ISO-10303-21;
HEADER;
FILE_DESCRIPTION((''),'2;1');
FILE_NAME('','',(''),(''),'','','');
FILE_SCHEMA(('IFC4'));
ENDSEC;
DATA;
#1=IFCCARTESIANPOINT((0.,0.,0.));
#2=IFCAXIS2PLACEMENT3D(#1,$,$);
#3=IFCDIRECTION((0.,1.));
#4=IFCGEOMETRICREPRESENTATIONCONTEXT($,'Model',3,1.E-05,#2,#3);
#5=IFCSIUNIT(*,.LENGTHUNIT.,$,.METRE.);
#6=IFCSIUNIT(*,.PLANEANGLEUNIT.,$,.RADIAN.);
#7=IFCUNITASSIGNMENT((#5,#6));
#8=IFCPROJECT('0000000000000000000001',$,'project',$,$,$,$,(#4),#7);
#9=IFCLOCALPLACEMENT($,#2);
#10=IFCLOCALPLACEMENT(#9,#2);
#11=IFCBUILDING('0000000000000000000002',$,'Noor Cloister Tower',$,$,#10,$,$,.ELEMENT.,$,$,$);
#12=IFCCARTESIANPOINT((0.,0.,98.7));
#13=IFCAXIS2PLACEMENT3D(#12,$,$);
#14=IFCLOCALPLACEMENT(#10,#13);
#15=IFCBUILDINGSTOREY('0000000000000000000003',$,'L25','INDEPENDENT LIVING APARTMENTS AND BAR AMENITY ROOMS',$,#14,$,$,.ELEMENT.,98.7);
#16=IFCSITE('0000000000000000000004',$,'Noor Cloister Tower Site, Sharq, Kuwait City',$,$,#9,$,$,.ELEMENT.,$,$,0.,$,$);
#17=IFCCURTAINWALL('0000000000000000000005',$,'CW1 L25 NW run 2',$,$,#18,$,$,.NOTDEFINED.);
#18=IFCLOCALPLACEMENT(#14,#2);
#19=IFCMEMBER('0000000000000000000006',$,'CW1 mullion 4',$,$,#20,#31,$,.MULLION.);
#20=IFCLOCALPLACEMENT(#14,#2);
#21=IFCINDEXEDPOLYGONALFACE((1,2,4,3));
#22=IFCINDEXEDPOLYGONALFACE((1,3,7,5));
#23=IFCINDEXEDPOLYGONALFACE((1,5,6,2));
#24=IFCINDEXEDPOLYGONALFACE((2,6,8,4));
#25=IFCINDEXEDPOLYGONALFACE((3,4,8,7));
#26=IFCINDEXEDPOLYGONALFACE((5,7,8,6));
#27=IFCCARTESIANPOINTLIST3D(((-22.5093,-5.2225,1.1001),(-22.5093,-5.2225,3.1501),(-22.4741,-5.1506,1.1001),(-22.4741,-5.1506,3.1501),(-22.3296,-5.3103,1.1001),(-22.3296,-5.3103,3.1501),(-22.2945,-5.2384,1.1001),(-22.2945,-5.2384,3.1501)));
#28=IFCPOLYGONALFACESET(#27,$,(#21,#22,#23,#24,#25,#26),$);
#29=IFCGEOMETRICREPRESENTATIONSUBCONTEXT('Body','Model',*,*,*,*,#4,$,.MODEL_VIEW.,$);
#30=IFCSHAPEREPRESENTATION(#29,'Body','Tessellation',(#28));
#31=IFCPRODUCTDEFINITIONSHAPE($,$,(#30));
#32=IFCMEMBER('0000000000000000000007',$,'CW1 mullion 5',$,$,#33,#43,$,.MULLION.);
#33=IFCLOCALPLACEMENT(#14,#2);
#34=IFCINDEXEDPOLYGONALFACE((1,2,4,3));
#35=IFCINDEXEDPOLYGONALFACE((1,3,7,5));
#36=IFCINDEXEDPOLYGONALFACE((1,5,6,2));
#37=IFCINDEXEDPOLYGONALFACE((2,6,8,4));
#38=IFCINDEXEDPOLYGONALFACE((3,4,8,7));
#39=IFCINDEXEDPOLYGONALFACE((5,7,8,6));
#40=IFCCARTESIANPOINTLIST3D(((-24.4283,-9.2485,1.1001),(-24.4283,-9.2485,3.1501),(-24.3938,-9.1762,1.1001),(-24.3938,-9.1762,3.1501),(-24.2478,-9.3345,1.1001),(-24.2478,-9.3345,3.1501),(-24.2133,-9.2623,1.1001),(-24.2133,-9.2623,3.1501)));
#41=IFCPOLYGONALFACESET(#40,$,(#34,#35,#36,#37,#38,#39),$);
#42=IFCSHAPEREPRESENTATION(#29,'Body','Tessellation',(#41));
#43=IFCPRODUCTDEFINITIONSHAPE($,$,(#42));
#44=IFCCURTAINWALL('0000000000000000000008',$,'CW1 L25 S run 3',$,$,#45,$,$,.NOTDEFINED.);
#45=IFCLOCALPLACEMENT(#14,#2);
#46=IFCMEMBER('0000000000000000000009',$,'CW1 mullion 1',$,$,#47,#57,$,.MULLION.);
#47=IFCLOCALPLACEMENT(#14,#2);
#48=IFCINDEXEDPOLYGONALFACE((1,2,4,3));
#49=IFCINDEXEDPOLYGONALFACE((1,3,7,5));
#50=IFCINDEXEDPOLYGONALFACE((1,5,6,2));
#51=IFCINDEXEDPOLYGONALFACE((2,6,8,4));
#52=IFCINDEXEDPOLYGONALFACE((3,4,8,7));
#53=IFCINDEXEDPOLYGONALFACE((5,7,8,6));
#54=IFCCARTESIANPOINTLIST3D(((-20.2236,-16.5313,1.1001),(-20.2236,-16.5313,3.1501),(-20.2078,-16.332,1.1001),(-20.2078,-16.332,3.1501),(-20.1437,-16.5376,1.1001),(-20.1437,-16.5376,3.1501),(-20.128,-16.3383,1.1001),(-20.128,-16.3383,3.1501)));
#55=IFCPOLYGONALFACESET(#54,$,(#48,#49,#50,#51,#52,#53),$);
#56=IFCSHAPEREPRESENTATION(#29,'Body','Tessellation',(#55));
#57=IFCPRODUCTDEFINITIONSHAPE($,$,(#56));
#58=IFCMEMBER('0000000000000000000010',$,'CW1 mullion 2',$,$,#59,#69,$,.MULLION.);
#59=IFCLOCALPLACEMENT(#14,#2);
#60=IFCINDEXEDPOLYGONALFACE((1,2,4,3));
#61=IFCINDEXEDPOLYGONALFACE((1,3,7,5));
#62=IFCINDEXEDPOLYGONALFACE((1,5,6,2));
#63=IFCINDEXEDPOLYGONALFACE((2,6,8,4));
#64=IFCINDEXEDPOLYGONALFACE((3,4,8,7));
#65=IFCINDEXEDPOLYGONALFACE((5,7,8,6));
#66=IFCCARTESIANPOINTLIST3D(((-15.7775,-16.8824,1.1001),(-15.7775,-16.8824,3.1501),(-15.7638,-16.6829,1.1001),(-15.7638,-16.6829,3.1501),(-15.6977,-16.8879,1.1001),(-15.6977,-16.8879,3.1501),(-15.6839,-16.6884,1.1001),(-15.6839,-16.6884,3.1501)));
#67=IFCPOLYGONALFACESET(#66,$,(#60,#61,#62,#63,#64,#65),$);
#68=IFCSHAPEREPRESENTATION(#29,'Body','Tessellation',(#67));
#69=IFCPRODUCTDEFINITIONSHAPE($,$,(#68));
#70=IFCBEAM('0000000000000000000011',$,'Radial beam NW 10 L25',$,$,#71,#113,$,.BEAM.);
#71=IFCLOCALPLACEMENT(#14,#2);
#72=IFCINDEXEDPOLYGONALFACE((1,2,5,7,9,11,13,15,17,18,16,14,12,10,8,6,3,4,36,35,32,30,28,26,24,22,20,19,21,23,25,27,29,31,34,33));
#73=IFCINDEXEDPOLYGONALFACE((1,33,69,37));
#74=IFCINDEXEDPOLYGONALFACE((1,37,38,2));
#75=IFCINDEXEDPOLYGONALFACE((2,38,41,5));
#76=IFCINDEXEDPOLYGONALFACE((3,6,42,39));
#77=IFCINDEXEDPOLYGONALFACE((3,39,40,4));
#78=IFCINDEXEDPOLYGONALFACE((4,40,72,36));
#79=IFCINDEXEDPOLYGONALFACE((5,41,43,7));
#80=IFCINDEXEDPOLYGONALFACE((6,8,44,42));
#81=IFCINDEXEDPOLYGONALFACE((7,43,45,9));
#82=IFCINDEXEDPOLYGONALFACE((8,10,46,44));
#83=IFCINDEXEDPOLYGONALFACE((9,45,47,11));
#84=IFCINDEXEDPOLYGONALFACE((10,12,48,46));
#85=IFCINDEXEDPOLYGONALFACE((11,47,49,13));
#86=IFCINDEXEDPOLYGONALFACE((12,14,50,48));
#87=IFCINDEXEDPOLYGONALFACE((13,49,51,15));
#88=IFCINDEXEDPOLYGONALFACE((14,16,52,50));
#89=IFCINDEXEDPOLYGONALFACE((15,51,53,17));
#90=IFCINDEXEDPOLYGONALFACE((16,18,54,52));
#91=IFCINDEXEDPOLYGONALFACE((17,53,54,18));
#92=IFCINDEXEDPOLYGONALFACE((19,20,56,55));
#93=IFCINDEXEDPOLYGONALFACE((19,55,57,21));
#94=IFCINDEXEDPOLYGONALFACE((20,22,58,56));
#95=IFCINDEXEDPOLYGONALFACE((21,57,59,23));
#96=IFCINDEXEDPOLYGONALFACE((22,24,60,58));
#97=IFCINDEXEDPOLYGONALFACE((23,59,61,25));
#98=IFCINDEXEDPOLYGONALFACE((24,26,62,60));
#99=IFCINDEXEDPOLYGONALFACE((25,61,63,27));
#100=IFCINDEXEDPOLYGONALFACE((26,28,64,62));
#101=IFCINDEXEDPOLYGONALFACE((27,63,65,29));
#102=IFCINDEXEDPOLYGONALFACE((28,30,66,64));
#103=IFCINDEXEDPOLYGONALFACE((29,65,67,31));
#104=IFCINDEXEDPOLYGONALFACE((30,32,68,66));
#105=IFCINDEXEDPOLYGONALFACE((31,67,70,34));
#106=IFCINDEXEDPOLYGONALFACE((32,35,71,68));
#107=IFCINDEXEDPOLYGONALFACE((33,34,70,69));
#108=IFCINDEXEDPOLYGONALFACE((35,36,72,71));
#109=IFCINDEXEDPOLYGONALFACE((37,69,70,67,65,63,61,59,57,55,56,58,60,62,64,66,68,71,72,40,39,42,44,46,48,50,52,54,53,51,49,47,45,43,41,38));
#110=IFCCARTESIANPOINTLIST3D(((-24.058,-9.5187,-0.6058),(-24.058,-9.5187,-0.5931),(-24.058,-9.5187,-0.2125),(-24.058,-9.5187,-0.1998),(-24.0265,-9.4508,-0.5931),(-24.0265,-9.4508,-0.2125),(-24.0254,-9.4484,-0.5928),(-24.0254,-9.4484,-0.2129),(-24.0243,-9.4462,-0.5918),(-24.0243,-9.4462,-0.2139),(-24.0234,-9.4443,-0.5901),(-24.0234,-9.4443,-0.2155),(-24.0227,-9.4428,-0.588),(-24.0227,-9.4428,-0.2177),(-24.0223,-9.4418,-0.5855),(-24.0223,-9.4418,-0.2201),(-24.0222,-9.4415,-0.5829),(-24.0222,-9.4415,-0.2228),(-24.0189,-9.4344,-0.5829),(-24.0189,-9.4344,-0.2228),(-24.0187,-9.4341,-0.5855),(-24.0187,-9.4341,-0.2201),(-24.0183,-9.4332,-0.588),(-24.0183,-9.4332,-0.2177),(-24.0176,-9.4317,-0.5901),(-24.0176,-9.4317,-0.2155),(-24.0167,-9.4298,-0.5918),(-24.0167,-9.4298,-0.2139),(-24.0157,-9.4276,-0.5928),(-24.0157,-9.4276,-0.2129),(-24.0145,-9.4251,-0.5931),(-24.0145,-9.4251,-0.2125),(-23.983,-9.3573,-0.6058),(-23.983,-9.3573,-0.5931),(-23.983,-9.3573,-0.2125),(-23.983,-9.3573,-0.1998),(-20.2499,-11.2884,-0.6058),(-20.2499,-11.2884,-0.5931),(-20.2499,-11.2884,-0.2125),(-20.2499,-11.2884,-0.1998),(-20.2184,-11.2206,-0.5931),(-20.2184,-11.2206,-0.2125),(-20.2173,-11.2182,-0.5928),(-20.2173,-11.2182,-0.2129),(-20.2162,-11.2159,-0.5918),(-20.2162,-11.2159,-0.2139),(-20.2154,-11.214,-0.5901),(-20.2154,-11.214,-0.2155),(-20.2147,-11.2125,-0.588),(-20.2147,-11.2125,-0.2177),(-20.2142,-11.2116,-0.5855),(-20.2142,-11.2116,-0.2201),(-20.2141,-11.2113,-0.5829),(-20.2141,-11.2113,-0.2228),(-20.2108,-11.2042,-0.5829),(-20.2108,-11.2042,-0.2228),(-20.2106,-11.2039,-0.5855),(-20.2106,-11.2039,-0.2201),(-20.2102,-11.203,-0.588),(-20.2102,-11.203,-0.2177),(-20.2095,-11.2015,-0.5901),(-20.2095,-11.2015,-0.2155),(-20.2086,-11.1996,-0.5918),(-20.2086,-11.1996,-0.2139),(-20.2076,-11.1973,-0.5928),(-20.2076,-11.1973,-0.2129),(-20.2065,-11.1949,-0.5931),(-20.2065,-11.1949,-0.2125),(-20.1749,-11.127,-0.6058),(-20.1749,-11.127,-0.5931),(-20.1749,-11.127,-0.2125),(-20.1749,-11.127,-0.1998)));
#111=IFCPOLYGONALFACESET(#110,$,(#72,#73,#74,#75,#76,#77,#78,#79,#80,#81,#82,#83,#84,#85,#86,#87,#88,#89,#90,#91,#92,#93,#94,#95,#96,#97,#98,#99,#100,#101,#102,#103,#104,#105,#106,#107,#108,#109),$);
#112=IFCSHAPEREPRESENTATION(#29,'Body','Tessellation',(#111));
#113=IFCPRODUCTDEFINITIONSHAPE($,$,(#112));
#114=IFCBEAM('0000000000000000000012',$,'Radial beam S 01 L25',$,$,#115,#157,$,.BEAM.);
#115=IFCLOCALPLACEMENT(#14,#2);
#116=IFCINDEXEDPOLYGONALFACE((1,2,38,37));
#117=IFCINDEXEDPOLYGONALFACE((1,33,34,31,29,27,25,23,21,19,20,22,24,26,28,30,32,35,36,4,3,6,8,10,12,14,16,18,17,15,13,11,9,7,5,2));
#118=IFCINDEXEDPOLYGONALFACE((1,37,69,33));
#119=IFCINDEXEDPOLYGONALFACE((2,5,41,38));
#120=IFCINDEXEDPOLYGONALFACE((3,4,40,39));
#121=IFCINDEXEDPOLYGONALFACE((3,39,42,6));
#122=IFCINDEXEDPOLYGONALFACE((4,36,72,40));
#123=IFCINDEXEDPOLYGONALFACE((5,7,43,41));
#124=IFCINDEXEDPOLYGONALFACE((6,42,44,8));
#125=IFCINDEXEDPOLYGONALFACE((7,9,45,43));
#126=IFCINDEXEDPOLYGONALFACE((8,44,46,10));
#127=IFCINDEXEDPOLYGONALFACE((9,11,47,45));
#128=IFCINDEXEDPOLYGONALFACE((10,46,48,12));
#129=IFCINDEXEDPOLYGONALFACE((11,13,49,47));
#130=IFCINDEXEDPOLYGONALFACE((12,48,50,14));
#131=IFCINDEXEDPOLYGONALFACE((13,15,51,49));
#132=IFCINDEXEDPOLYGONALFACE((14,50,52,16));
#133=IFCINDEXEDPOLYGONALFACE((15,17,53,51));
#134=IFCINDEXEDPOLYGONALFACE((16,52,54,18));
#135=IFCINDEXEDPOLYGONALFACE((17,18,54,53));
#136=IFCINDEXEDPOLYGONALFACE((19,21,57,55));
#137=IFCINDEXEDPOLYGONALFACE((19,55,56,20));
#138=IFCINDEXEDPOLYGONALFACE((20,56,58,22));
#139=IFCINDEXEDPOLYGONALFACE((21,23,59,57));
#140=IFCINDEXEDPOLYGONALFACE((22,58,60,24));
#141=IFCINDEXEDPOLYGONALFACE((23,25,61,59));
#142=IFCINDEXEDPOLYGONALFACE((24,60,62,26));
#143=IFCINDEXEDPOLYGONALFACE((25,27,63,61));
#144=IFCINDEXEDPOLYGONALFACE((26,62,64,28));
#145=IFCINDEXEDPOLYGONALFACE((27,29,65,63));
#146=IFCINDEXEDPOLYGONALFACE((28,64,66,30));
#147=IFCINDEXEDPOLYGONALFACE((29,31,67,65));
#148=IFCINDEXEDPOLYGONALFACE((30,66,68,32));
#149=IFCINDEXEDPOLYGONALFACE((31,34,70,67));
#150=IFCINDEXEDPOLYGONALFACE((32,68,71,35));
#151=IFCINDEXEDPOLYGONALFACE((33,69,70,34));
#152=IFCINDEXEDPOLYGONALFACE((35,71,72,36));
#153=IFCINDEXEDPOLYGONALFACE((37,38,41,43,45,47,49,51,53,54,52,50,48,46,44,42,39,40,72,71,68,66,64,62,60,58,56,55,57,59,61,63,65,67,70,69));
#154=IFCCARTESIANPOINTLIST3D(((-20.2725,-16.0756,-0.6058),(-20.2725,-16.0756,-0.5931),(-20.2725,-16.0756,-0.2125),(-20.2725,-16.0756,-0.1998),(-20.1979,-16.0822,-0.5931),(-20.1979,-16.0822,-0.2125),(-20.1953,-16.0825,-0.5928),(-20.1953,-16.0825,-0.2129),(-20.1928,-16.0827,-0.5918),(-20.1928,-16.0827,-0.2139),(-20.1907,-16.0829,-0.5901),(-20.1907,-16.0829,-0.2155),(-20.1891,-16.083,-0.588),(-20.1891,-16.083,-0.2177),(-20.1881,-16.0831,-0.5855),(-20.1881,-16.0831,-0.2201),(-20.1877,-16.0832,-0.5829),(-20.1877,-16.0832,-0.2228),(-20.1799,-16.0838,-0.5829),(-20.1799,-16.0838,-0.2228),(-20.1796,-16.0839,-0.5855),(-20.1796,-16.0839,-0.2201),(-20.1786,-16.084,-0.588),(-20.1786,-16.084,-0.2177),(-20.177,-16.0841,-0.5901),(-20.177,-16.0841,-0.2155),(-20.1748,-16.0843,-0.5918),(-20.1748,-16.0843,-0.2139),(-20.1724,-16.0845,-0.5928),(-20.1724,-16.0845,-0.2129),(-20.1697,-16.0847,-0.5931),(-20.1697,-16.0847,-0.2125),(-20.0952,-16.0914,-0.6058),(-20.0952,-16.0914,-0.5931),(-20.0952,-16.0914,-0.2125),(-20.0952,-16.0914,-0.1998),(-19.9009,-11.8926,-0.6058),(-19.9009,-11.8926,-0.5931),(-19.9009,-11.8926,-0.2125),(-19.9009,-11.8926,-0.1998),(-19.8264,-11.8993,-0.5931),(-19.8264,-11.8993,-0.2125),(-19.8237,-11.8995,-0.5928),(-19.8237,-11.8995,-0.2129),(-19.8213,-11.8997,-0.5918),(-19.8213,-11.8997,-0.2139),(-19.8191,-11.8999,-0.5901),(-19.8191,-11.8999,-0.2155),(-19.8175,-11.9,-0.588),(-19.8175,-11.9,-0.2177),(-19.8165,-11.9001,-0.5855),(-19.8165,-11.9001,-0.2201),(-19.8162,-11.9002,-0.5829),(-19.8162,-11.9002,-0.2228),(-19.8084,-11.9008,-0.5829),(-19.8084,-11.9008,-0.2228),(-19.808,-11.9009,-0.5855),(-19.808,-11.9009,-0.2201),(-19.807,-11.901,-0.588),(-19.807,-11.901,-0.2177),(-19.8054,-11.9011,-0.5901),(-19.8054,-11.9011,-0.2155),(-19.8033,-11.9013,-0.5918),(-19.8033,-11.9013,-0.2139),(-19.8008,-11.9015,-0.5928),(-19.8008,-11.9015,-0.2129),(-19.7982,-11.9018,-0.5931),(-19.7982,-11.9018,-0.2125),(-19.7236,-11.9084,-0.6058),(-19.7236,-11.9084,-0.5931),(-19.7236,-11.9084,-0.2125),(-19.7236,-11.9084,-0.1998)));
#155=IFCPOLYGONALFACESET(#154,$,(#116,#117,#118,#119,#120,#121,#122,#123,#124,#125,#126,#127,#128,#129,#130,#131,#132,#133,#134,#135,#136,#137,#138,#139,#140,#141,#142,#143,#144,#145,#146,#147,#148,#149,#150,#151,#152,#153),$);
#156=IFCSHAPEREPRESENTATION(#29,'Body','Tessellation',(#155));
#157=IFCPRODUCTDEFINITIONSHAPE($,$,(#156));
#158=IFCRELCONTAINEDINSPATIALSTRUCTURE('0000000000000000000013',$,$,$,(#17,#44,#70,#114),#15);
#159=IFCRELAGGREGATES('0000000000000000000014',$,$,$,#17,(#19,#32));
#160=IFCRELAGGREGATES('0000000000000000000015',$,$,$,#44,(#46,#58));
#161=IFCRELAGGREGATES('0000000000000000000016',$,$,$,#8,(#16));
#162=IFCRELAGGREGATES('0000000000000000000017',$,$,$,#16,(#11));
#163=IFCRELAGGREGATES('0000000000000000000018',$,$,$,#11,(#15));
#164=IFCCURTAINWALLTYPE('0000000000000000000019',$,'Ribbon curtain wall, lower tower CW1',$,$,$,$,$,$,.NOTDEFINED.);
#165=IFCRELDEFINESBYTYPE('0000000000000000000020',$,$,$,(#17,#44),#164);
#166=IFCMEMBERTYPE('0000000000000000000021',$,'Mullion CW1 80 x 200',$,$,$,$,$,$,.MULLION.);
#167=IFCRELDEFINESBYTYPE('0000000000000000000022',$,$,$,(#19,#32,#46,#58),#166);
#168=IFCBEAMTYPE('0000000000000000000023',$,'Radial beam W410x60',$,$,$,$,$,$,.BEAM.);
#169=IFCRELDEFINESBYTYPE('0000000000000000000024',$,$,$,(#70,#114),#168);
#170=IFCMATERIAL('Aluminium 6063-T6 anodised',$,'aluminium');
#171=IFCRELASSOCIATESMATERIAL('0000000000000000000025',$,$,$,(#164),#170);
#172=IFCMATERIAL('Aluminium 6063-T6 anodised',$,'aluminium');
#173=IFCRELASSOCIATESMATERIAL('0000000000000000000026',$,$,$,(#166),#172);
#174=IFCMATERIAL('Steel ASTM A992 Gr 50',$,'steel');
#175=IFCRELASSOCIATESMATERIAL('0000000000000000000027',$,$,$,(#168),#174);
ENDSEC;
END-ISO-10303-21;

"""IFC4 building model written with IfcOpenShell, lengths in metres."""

from ifc_helpers import new_model, si_unit, direction, frame, origin, origin_2d, place, context, subcontext, project, spatial, rectangle, i_section, extrude, material, material_profile, profile_set, type_object, element, aggregate, save


model = new_model("IFC4")

# Units and contexts
model_context = context("Model", 3, precision=1e-05, world=origin(), true_north=direction((0.0, 1.0)))
body_context = subcontext(model_context, "Body", "Model", "MODEL_VIEW")
ifc_project = project(units=[si_unit("LENGTHUNIT", "METRE"), si_unit("PLANEANGLEUNIT", "RADIAN")], contexts=[model_context])

# Site, building, storey
site_placement = place(None, origin())
site = spatial("IfcSite", under=ifc_project, at=site_placement, Name="Noor Cloister Tower Site, Sharq, Kuwait City", CompositionType="ELEMENT", RefElevation=0.0)
building_placement = place(site_placement, origin())
building = spatial("IfcBuilding", under=site, at=building_placement, Name="Noor Cloister Tower", CompositionType="ELEMENT")
storey_placement = place(building_placement, frame((0.0, 0.0, 98.7)))
storey = spatial("IfcBuildingStorey", under=building, at=storey_placement, Name="L25", Description="INDEPENDENT LIVING APARTMENTS AND BAR AMENITY ROOMS", CompositionType="ELEMENT", Elevation=98.7)

# Curtain walls, members
ifc_material_1 = material(Name="Aluminium 6063-T6 anodised", Category="aluminium")
curtain_wall_type = type_object("IfcCurtainWallType", Name="Ribbon curtain wall, lower tower CW1", PredefinedType="NOTDEFINED", material=ifc_material_1)
curtain_wall_1_placement = place(storey_placement, origin())
curtain_wall_1 = element("IfcCurtainWall", 1, at=curtain_wall_1_placement, inside=storey, type_object=curtain_wall_type, Name="CW1 L25 NW run 2", PredefinedType="NOTDEFINED")
ifc_material_2 = material(Name="Aluminium 6063-T6 anodised", Category="aluminium")
ifc_material_profile_1 = material_profile(ifc_material_2, rectangle(XDim=0.2, YDim=0.0801, at=origin_2d()), Name="200 x 80 mullion")
ifc_profile_set_1 = profile_set([ifc_material_profile_1], Name="Aluminium 6063-T6 anodised")
member_type = type_object("IfcMemberType", Name="Mullion CW1 80 x 200", PredefinedType="MULLION", material=ifc_profile_set_1)
member_1_placement = place(storey_placement, frame((-22.4019, -5.2305, 1.1001), z_axis=(0.0, 0.0, 1.0), x_axis=(0.89839, -0.439199, 0.0)))
member_1 = element("IfcMember", 2, at=member_1_placement, type_object=member_type, Name="CW1 mullion 4", PredefinedType="MULLION", context=body_context, shape_type="SweptSolid", body=[
    extrude(rectangle(XDim=0.2, YDim=0.0801, at=origin_2d()), origin(), (0.0, 0.0, 1.0), 2.05),
])
member_2_placement = place(storey_placement, frame((-24.3208, -9.2554, 1.1001), z_axis=(0.0, 0.0, 1.0), x_axis=(0.902668, -0.430337, 0.0)))
member_2 = element("IfcMember", 3, at=member_2_placement, type_object=member_type, Name="CW1 mullion 5", PredefinedType="MULLION", context=body_context, shape_type="SweptSolid", body=[
    extrude(rectangle(XDim=0.2, YDim=0.0801, at=origin_2d()), origin(), (0.0, 0.0, 1.0), 2.05),
])
curtain_wall_2_placement = place(storey_placement, origin())
curtain_wall_2 = element("IfcCurtainWall", 4, at=curtain_wall_2_placement, inside=storey, type_object=curtain_wall_type, Name="CW1 L25 S run 3", PredefinedType="NOTDEFINED")
member_3_placement = place(storey_placement, frame((-20.1758, -16.4348, 1.1001), z_axis=(0.0, 0.0, 1.0), x_axis=(0.078652, 0.996902, 0.0)))
member_3 = element("IfcMember", 5, at=member_3_placement, type_object=member_type, Name="CW1 mullion 1", PredefinedType="MULLION", context=body_context, shape_type="SweptSolid", body=[
    extrude(rectangle(XDim=0.2, YDim=0.0801, at=origin_2d()), origin(), (0.0, 0.0, 1.0), 2.05),
])
member_4_placement = place(storey_placement, frame((-15.7307, -16.7854, 1.1001), z_axis=(0.0, 0.0, 1.0), x_axis=(0.068837, 0.997628, 0.0)))
member_4 = element("IfcMember", 6, at=member_4_placement, type_object=member_type, Name="CW1 mullion 2", PredefinedType="MULLION", context=body_context, shape_type="SweptSolid", body=[
    extrude(rectangle(XDim=0.2, YDim=0.0801, at=origin_2d()), origin(), (0.0, 0.0, 1.0), 2.05),
])

# Beams
ifc_material_3 = material(Name="Steel ASTM A992 Gr 50", Category="steel")
ifc_material_profile_2 = material_profile(ifc_material_3, i_section(OverallWidth=0.178, OverallDepth=0.406, WebThickness=0.0078, FlangeThickness=0.0127, FilletRadius=0.0103, at=origin_2d()), Name="W410x60")
ifc_profile_set_2 = profile_set([ifc_material_profile_2], Name="Steel ASTM A992 Gr 50")
beam_type_1 = type_object("IfcBeamType", Name="Radial beam W410x60", PredefinedType="BEAM", material=ifc_profile_set_2)
beam_1_placement = place(storey_placement, frame((-24.0205, -9.438, -0.4028), z_axis=(0.906852, -0.421449, 0.0), x_axis=(0.421449, 0.906852, 0.0)))
element("IfcBeam", 7, at=beam_1_placement, inside=storey, type_object=beam_type_1, Name="Radial beam NW 10 L25", PredefinedType="BEAM", context=body_context, shape_type="SweptSolid", body=[
    extrude(i_section(OverallWidth=0.178, OverallDepth=0.406, WebThickness=0.0078, FlangeThickness=0.0127, FilletRadius=0.0103, at=origin_2d()), origin(), (0.0, 0.0, 1.0), 4.1992),
])
beam_2_placement = place(storey_placement, frame((-20.1838, -16.0835, -0.4028), z_axis=(0.088481, 0.996078, 0.0), x_axis=(-0.996078, 0.088481, 0.0)))
element("IfcBeam", 8, at=beam_2_placement, inside=storey, type_object=beam_type_1, Name="Radial beam S 01 L25", PredefinedType="BEAM", context=body_context, shape_type="SweptSolid", body=[
    extrude(i_section(OverallWidth=0.178, OverallDepth=0.406, WebThickness=0.0078, FlangeThickness=0.0127, FilletRadius=0.0103, at=origin_2d()), origin(), (0.0, 0.0, 1.0), 4.1995),
])

aggregate(curtain_wall_1, [member_1, member_2])
aggregate(curtain_wall_2, [member_3, member_4])

save(model, "model.ifc")
